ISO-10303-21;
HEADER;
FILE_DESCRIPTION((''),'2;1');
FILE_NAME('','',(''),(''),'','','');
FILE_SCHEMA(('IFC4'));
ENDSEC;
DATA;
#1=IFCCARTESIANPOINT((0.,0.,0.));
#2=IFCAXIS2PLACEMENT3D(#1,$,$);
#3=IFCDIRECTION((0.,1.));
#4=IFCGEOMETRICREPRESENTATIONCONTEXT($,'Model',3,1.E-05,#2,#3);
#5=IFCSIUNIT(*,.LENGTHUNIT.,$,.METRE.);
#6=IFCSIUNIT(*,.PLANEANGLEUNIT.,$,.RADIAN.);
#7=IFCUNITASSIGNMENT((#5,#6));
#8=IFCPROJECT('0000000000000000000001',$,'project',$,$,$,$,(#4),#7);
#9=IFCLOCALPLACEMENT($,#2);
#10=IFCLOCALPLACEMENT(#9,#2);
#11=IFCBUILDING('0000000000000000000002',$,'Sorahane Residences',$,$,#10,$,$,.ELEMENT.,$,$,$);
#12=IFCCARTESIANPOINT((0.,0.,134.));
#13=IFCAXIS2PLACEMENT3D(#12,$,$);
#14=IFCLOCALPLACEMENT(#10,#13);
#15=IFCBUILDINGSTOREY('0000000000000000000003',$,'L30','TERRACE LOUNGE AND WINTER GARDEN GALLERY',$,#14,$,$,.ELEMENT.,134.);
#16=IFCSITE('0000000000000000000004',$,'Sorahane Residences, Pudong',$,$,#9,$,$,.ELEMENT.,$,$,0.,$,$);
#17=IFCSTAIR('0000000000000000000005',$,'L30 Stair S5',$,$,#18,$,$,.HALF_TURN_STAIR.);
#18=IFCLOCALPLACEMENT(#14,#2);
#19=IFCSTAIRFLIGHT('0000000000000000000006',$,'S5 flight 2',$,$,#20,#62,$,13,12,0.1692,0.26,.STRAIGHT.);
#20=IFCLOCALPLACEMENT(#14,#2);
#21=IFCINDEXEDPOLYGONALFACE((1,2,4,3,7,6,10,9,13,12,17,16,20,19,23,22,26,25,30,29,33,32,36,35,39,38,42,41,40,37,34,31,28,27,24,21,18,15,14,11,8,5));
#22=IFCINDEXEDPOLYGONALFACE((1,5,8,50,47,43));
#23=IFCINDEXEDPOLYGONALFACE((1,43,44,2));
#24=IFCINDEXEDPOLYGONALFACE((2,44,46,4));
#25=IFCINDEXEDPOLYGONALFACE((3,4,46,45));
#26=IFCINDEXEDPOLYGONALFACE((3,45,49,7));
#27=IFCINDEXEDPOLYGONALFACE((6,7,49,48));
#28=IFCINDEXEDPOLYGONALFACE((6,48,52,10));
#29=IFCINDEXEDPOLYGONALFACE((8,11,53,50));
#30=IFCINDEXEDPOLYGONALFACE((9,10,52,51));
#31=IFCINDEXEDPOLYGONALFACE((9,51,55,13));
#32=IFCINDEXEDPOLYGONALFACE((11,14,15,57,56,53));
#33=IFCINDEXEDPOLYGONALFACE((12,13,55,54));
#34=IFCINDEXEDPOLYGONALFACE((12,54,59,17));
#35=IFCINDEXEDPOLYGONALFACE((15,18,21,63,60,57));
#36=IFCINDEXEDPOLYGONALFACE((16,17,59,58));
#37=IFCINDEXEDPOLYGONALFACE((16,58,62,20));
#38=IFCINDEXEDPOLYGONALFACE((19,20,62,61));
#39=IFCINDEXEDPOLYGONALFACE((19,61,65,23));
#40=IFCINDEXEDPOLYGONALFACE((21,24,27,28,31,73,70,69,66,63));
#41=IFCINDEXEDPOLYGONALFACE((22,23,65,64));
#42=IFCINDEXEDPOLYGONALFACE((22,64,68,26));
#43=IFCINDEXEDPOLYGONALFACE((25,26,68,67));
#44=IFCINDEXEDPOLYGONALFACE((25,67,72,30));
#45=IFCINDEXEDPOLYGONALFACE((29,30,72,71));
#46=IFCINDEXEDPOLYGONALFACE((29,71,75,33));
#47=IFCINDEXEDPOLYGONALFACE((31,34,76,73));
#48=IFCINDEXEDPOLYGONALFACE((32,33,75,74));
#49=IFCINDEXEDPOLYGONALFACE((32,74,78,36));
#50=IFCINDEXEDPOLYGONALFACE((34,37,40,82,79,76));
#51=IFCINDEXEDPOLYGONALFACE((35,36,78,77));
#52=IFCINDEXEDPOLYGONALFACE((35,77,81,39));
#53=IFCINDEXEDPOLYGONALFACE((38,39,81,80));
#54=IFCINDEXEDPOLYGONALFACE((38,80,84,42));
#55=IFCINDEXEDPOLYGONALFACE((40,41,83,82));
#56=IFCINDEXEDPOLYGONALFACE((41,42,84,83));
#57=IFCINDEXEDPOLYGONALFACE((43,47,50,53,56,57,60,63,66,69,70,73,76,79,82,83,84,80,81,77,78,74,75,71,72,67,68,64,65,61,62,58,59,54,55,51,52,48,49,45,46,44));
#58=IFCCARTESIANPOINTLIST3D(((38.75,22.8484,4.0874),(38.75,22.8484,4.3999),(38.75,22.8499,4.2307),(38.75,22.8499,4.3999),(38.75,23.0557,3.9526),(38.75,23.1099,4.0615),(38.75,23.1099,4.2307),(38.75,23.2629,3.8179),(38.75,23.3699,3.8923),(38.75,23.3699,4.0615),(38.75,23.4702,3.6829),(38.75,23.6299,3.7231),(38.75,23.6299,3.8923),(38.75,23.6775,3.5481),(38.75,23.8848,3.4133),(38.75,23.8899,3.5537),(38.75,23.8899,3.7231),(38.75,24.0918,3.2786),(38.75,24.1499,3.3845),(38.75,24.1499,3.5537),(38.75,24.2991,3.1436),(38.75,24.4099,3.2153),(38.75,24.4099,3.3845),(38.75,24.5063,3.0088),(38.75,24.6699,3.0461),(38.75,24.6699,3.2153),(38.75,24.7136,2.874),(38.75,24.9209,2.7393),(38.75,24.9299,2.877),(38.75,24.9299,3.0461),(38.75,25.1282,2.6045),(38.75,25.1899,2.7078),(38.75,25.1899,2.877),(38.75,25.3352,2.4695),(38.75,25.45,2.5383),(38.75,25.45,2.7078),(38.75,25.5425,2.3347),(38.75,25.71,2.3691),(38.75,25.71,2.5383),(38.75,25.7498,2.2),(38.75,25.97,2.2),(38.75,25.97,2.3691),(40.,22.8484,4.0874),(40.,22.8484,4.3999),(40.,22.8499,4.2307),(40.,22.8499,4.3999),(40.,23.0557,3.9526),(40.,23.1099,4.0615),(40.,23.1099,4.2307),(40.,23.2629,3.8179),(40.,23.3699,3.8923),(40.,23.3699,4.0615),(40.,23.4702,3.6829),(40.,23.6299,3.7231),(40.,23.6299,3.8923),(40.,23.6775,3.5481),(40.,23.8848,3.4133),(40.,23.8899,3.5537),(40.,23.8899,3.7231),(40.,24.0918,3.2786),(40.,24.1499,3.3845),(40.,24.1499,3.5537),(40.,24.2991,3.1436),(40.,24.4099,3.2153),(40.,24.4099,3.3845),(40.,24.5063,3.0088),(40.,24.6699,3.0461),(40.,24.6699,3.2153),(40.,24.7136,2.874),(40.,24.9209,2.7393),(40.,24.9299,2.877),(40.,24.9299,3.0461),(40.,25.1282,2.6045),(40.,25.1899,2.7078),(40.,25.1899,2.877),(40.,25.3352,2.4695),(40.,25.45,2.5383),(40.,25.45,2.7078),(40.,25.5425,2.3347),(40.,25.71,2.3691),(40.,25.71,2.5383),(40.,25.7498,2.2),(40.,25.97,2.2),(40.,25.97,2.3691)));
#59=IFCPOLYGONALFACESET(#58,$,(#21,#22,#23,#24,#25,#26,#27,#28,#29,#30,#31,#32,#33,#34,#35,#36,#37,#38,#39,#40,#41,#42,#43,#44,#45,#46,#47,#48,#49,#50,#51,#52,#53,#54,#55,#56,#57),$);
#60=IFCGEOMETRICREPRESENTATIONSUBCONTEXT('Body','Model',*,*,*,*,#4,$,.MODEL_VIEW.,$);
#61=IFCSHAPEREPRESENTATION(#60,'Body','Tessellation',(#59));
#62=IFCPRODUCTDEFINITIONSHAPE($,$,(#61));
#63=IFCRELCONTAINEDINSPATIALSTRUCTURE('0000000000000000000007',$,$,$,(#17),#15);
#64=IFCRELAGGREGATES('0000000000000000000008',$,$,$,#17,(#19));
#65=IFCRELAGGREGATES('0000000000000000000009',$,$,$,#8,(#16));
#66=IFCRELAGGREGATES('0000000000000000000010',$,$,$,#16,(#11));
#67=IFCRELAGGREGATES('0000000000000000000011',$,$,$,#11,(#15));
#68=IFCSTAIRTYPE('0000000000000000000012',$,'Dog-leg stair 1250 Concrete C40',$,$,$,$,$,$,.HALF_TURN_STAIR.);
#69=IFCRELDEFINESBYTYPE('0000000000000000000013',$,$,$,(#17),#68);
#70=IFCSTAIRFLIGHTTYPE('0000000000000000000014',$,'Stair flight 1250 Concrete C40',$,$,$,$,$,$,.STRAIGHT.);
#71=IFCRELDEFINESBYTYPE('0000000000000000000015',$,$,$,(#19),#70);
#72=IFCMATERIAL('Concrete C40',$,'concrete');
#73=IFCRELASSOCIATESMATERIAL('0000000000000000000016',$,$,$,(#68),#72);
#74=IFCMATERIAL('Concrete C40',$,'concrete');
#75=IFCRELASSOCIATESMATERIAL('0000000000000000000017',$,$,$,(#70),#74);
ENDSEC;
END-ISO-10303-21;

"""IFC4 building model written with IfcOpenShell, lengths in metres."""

from ifc_helpers import new_model, si_unit, direction, frame, origin, place, context, subcontext, project, spatial, polyline, outline, extrude, material, type_object, element, aggregate, save


model = new_model("IFC4")

# Units and contexts
model_context = context("Model", 3, precision=1e-05, world=origin(), true_north=direction((0.0, 1.0)))
body_context = subcontext(model_context, "Body", "Model", "MODEL_VIEW")
ifc_project = project(units=[si_unit("LENGTHUNIT", "METRE"), si_unit("PLANEANGLEUNIT", "RADIAN")], contexts=[model_context])

# Site, building, storey
site_placement = place(None, origin())
site = spatial("IfcSite", under=ifc_project, at=site_placement, Name="Sorahane Residences, Pudong", CompositionType="ELEMENT", RefElevation=0.0)
building_placement = place(site_placement, origin())
building = spatial("IfcBuilding", under=site, at=building_placement, Name="Sorahane Residences", CompositionType="ELEMENT")
storey_placement = place(building_placement, frame((0.0, 0.0, 134.0)))
storey = spatial("IfcBuildingStorey", under=building, at=storey_placement, Name="L30", Description="TERRACE LOUNGE AND WINTER GARDEN GALLERY", CompositionType="ELEMENT", Elevation=134.0)

# Stair, stair flight
ifc_material_1 = material(Name="Concrete C40", Category="concrete")
stair_type = type_object("IfcStairType", Name="Dog-leg stair 1250 Concrete C40", PredefinedType="HALF_TURN_STAIR", material=ifc_material_1)
stair_placement = place(storey_placement, origin())
stair = element("IfcStair", 1, at=stair_placement, inside=storey, type_object=stair_type, Name="L30 Stair S5", PredefinedType="HALF_TURN_STAIR")
ifc_material_2 = material(Name="Concrete C40", Category="concrete")
stair_flight_type = type_object("IfcStairFlightType", Name="Stair flight 1250 Concrete C40", PredefinedType="STRAIGHT", material=ifc_material_2)
stair_flight_1_placement = place(storey_placement, frame((39.375, 25.97, 2.2), z_axis=(0.0, 0.0, 1.0), x_axis=(0.0, -1.0, 0.0)))
stair_flight_1 = element("IfcStairFlight", 2, at=stair_flight_1_placement, type_object=stair_flight_type, Name="S5 flight 2", NumberOfRisers=13, NumberOfTreads=12, PredefinedType="STRAIGHT", RiserHeight=0.1692, TreadLength=0.26, context=body_context, shape_type="SweptSolid", body=[
    extrude(outline(polyline([(0.0, 0.0), (0.0, 0.1692), (0.26, 0.1692), (0.26, 0.3384), (0.52, 0.3384), (0.52, 0.5078), (0.78, 0.5078), (0.78, 0.677), (1.04, 0.677), (1.04, 0.8462), (1.3, 0.8462), (1.3, 1.0154), (1.5601, 1.0154), (1.5601, 1.1846), (1.8201, 1.1846), (1.8201, 1.3538), (2.0801, 1.3538), (2.0801, 1.5232), (2.3401, 1.5232), (2.3401, 1.6924), (2.6001, 1.6924), (2.6001, 1.8616), (2.8601, 1.8616), (2.8601, 2.0308), (3.1201, 2.0308), (3.1201, 2.2), (3.1216, 2.2), (3.1216, 1.8875), (2.9143, 1.7527), (2.707, 1.6179), (2.4998, 1.4829), (2.2925, 1.3481), (2.0852, 1.2134), (1.8782, 1.0786), (1.6709, 0.9436), (1.4636, 0.8088), (1.2563, 0.6741), (1.0491, 0.5393), (0.8418, 0.4045), (0.6348, 0.2695), (0.4275, 0.1348), (0.2202, 0.0), (0.0, 0.0)])), frame((0.0, 0.625, 0.0), z_axis=(0.0, -1.0, 0.0), x_axis=(1.0, 0.0, 0.0)), (0.0, 0.0, 1.0), 1.25),
])
aggregate(stair, [stair_flight_1])

save(model, "model.ifc")
